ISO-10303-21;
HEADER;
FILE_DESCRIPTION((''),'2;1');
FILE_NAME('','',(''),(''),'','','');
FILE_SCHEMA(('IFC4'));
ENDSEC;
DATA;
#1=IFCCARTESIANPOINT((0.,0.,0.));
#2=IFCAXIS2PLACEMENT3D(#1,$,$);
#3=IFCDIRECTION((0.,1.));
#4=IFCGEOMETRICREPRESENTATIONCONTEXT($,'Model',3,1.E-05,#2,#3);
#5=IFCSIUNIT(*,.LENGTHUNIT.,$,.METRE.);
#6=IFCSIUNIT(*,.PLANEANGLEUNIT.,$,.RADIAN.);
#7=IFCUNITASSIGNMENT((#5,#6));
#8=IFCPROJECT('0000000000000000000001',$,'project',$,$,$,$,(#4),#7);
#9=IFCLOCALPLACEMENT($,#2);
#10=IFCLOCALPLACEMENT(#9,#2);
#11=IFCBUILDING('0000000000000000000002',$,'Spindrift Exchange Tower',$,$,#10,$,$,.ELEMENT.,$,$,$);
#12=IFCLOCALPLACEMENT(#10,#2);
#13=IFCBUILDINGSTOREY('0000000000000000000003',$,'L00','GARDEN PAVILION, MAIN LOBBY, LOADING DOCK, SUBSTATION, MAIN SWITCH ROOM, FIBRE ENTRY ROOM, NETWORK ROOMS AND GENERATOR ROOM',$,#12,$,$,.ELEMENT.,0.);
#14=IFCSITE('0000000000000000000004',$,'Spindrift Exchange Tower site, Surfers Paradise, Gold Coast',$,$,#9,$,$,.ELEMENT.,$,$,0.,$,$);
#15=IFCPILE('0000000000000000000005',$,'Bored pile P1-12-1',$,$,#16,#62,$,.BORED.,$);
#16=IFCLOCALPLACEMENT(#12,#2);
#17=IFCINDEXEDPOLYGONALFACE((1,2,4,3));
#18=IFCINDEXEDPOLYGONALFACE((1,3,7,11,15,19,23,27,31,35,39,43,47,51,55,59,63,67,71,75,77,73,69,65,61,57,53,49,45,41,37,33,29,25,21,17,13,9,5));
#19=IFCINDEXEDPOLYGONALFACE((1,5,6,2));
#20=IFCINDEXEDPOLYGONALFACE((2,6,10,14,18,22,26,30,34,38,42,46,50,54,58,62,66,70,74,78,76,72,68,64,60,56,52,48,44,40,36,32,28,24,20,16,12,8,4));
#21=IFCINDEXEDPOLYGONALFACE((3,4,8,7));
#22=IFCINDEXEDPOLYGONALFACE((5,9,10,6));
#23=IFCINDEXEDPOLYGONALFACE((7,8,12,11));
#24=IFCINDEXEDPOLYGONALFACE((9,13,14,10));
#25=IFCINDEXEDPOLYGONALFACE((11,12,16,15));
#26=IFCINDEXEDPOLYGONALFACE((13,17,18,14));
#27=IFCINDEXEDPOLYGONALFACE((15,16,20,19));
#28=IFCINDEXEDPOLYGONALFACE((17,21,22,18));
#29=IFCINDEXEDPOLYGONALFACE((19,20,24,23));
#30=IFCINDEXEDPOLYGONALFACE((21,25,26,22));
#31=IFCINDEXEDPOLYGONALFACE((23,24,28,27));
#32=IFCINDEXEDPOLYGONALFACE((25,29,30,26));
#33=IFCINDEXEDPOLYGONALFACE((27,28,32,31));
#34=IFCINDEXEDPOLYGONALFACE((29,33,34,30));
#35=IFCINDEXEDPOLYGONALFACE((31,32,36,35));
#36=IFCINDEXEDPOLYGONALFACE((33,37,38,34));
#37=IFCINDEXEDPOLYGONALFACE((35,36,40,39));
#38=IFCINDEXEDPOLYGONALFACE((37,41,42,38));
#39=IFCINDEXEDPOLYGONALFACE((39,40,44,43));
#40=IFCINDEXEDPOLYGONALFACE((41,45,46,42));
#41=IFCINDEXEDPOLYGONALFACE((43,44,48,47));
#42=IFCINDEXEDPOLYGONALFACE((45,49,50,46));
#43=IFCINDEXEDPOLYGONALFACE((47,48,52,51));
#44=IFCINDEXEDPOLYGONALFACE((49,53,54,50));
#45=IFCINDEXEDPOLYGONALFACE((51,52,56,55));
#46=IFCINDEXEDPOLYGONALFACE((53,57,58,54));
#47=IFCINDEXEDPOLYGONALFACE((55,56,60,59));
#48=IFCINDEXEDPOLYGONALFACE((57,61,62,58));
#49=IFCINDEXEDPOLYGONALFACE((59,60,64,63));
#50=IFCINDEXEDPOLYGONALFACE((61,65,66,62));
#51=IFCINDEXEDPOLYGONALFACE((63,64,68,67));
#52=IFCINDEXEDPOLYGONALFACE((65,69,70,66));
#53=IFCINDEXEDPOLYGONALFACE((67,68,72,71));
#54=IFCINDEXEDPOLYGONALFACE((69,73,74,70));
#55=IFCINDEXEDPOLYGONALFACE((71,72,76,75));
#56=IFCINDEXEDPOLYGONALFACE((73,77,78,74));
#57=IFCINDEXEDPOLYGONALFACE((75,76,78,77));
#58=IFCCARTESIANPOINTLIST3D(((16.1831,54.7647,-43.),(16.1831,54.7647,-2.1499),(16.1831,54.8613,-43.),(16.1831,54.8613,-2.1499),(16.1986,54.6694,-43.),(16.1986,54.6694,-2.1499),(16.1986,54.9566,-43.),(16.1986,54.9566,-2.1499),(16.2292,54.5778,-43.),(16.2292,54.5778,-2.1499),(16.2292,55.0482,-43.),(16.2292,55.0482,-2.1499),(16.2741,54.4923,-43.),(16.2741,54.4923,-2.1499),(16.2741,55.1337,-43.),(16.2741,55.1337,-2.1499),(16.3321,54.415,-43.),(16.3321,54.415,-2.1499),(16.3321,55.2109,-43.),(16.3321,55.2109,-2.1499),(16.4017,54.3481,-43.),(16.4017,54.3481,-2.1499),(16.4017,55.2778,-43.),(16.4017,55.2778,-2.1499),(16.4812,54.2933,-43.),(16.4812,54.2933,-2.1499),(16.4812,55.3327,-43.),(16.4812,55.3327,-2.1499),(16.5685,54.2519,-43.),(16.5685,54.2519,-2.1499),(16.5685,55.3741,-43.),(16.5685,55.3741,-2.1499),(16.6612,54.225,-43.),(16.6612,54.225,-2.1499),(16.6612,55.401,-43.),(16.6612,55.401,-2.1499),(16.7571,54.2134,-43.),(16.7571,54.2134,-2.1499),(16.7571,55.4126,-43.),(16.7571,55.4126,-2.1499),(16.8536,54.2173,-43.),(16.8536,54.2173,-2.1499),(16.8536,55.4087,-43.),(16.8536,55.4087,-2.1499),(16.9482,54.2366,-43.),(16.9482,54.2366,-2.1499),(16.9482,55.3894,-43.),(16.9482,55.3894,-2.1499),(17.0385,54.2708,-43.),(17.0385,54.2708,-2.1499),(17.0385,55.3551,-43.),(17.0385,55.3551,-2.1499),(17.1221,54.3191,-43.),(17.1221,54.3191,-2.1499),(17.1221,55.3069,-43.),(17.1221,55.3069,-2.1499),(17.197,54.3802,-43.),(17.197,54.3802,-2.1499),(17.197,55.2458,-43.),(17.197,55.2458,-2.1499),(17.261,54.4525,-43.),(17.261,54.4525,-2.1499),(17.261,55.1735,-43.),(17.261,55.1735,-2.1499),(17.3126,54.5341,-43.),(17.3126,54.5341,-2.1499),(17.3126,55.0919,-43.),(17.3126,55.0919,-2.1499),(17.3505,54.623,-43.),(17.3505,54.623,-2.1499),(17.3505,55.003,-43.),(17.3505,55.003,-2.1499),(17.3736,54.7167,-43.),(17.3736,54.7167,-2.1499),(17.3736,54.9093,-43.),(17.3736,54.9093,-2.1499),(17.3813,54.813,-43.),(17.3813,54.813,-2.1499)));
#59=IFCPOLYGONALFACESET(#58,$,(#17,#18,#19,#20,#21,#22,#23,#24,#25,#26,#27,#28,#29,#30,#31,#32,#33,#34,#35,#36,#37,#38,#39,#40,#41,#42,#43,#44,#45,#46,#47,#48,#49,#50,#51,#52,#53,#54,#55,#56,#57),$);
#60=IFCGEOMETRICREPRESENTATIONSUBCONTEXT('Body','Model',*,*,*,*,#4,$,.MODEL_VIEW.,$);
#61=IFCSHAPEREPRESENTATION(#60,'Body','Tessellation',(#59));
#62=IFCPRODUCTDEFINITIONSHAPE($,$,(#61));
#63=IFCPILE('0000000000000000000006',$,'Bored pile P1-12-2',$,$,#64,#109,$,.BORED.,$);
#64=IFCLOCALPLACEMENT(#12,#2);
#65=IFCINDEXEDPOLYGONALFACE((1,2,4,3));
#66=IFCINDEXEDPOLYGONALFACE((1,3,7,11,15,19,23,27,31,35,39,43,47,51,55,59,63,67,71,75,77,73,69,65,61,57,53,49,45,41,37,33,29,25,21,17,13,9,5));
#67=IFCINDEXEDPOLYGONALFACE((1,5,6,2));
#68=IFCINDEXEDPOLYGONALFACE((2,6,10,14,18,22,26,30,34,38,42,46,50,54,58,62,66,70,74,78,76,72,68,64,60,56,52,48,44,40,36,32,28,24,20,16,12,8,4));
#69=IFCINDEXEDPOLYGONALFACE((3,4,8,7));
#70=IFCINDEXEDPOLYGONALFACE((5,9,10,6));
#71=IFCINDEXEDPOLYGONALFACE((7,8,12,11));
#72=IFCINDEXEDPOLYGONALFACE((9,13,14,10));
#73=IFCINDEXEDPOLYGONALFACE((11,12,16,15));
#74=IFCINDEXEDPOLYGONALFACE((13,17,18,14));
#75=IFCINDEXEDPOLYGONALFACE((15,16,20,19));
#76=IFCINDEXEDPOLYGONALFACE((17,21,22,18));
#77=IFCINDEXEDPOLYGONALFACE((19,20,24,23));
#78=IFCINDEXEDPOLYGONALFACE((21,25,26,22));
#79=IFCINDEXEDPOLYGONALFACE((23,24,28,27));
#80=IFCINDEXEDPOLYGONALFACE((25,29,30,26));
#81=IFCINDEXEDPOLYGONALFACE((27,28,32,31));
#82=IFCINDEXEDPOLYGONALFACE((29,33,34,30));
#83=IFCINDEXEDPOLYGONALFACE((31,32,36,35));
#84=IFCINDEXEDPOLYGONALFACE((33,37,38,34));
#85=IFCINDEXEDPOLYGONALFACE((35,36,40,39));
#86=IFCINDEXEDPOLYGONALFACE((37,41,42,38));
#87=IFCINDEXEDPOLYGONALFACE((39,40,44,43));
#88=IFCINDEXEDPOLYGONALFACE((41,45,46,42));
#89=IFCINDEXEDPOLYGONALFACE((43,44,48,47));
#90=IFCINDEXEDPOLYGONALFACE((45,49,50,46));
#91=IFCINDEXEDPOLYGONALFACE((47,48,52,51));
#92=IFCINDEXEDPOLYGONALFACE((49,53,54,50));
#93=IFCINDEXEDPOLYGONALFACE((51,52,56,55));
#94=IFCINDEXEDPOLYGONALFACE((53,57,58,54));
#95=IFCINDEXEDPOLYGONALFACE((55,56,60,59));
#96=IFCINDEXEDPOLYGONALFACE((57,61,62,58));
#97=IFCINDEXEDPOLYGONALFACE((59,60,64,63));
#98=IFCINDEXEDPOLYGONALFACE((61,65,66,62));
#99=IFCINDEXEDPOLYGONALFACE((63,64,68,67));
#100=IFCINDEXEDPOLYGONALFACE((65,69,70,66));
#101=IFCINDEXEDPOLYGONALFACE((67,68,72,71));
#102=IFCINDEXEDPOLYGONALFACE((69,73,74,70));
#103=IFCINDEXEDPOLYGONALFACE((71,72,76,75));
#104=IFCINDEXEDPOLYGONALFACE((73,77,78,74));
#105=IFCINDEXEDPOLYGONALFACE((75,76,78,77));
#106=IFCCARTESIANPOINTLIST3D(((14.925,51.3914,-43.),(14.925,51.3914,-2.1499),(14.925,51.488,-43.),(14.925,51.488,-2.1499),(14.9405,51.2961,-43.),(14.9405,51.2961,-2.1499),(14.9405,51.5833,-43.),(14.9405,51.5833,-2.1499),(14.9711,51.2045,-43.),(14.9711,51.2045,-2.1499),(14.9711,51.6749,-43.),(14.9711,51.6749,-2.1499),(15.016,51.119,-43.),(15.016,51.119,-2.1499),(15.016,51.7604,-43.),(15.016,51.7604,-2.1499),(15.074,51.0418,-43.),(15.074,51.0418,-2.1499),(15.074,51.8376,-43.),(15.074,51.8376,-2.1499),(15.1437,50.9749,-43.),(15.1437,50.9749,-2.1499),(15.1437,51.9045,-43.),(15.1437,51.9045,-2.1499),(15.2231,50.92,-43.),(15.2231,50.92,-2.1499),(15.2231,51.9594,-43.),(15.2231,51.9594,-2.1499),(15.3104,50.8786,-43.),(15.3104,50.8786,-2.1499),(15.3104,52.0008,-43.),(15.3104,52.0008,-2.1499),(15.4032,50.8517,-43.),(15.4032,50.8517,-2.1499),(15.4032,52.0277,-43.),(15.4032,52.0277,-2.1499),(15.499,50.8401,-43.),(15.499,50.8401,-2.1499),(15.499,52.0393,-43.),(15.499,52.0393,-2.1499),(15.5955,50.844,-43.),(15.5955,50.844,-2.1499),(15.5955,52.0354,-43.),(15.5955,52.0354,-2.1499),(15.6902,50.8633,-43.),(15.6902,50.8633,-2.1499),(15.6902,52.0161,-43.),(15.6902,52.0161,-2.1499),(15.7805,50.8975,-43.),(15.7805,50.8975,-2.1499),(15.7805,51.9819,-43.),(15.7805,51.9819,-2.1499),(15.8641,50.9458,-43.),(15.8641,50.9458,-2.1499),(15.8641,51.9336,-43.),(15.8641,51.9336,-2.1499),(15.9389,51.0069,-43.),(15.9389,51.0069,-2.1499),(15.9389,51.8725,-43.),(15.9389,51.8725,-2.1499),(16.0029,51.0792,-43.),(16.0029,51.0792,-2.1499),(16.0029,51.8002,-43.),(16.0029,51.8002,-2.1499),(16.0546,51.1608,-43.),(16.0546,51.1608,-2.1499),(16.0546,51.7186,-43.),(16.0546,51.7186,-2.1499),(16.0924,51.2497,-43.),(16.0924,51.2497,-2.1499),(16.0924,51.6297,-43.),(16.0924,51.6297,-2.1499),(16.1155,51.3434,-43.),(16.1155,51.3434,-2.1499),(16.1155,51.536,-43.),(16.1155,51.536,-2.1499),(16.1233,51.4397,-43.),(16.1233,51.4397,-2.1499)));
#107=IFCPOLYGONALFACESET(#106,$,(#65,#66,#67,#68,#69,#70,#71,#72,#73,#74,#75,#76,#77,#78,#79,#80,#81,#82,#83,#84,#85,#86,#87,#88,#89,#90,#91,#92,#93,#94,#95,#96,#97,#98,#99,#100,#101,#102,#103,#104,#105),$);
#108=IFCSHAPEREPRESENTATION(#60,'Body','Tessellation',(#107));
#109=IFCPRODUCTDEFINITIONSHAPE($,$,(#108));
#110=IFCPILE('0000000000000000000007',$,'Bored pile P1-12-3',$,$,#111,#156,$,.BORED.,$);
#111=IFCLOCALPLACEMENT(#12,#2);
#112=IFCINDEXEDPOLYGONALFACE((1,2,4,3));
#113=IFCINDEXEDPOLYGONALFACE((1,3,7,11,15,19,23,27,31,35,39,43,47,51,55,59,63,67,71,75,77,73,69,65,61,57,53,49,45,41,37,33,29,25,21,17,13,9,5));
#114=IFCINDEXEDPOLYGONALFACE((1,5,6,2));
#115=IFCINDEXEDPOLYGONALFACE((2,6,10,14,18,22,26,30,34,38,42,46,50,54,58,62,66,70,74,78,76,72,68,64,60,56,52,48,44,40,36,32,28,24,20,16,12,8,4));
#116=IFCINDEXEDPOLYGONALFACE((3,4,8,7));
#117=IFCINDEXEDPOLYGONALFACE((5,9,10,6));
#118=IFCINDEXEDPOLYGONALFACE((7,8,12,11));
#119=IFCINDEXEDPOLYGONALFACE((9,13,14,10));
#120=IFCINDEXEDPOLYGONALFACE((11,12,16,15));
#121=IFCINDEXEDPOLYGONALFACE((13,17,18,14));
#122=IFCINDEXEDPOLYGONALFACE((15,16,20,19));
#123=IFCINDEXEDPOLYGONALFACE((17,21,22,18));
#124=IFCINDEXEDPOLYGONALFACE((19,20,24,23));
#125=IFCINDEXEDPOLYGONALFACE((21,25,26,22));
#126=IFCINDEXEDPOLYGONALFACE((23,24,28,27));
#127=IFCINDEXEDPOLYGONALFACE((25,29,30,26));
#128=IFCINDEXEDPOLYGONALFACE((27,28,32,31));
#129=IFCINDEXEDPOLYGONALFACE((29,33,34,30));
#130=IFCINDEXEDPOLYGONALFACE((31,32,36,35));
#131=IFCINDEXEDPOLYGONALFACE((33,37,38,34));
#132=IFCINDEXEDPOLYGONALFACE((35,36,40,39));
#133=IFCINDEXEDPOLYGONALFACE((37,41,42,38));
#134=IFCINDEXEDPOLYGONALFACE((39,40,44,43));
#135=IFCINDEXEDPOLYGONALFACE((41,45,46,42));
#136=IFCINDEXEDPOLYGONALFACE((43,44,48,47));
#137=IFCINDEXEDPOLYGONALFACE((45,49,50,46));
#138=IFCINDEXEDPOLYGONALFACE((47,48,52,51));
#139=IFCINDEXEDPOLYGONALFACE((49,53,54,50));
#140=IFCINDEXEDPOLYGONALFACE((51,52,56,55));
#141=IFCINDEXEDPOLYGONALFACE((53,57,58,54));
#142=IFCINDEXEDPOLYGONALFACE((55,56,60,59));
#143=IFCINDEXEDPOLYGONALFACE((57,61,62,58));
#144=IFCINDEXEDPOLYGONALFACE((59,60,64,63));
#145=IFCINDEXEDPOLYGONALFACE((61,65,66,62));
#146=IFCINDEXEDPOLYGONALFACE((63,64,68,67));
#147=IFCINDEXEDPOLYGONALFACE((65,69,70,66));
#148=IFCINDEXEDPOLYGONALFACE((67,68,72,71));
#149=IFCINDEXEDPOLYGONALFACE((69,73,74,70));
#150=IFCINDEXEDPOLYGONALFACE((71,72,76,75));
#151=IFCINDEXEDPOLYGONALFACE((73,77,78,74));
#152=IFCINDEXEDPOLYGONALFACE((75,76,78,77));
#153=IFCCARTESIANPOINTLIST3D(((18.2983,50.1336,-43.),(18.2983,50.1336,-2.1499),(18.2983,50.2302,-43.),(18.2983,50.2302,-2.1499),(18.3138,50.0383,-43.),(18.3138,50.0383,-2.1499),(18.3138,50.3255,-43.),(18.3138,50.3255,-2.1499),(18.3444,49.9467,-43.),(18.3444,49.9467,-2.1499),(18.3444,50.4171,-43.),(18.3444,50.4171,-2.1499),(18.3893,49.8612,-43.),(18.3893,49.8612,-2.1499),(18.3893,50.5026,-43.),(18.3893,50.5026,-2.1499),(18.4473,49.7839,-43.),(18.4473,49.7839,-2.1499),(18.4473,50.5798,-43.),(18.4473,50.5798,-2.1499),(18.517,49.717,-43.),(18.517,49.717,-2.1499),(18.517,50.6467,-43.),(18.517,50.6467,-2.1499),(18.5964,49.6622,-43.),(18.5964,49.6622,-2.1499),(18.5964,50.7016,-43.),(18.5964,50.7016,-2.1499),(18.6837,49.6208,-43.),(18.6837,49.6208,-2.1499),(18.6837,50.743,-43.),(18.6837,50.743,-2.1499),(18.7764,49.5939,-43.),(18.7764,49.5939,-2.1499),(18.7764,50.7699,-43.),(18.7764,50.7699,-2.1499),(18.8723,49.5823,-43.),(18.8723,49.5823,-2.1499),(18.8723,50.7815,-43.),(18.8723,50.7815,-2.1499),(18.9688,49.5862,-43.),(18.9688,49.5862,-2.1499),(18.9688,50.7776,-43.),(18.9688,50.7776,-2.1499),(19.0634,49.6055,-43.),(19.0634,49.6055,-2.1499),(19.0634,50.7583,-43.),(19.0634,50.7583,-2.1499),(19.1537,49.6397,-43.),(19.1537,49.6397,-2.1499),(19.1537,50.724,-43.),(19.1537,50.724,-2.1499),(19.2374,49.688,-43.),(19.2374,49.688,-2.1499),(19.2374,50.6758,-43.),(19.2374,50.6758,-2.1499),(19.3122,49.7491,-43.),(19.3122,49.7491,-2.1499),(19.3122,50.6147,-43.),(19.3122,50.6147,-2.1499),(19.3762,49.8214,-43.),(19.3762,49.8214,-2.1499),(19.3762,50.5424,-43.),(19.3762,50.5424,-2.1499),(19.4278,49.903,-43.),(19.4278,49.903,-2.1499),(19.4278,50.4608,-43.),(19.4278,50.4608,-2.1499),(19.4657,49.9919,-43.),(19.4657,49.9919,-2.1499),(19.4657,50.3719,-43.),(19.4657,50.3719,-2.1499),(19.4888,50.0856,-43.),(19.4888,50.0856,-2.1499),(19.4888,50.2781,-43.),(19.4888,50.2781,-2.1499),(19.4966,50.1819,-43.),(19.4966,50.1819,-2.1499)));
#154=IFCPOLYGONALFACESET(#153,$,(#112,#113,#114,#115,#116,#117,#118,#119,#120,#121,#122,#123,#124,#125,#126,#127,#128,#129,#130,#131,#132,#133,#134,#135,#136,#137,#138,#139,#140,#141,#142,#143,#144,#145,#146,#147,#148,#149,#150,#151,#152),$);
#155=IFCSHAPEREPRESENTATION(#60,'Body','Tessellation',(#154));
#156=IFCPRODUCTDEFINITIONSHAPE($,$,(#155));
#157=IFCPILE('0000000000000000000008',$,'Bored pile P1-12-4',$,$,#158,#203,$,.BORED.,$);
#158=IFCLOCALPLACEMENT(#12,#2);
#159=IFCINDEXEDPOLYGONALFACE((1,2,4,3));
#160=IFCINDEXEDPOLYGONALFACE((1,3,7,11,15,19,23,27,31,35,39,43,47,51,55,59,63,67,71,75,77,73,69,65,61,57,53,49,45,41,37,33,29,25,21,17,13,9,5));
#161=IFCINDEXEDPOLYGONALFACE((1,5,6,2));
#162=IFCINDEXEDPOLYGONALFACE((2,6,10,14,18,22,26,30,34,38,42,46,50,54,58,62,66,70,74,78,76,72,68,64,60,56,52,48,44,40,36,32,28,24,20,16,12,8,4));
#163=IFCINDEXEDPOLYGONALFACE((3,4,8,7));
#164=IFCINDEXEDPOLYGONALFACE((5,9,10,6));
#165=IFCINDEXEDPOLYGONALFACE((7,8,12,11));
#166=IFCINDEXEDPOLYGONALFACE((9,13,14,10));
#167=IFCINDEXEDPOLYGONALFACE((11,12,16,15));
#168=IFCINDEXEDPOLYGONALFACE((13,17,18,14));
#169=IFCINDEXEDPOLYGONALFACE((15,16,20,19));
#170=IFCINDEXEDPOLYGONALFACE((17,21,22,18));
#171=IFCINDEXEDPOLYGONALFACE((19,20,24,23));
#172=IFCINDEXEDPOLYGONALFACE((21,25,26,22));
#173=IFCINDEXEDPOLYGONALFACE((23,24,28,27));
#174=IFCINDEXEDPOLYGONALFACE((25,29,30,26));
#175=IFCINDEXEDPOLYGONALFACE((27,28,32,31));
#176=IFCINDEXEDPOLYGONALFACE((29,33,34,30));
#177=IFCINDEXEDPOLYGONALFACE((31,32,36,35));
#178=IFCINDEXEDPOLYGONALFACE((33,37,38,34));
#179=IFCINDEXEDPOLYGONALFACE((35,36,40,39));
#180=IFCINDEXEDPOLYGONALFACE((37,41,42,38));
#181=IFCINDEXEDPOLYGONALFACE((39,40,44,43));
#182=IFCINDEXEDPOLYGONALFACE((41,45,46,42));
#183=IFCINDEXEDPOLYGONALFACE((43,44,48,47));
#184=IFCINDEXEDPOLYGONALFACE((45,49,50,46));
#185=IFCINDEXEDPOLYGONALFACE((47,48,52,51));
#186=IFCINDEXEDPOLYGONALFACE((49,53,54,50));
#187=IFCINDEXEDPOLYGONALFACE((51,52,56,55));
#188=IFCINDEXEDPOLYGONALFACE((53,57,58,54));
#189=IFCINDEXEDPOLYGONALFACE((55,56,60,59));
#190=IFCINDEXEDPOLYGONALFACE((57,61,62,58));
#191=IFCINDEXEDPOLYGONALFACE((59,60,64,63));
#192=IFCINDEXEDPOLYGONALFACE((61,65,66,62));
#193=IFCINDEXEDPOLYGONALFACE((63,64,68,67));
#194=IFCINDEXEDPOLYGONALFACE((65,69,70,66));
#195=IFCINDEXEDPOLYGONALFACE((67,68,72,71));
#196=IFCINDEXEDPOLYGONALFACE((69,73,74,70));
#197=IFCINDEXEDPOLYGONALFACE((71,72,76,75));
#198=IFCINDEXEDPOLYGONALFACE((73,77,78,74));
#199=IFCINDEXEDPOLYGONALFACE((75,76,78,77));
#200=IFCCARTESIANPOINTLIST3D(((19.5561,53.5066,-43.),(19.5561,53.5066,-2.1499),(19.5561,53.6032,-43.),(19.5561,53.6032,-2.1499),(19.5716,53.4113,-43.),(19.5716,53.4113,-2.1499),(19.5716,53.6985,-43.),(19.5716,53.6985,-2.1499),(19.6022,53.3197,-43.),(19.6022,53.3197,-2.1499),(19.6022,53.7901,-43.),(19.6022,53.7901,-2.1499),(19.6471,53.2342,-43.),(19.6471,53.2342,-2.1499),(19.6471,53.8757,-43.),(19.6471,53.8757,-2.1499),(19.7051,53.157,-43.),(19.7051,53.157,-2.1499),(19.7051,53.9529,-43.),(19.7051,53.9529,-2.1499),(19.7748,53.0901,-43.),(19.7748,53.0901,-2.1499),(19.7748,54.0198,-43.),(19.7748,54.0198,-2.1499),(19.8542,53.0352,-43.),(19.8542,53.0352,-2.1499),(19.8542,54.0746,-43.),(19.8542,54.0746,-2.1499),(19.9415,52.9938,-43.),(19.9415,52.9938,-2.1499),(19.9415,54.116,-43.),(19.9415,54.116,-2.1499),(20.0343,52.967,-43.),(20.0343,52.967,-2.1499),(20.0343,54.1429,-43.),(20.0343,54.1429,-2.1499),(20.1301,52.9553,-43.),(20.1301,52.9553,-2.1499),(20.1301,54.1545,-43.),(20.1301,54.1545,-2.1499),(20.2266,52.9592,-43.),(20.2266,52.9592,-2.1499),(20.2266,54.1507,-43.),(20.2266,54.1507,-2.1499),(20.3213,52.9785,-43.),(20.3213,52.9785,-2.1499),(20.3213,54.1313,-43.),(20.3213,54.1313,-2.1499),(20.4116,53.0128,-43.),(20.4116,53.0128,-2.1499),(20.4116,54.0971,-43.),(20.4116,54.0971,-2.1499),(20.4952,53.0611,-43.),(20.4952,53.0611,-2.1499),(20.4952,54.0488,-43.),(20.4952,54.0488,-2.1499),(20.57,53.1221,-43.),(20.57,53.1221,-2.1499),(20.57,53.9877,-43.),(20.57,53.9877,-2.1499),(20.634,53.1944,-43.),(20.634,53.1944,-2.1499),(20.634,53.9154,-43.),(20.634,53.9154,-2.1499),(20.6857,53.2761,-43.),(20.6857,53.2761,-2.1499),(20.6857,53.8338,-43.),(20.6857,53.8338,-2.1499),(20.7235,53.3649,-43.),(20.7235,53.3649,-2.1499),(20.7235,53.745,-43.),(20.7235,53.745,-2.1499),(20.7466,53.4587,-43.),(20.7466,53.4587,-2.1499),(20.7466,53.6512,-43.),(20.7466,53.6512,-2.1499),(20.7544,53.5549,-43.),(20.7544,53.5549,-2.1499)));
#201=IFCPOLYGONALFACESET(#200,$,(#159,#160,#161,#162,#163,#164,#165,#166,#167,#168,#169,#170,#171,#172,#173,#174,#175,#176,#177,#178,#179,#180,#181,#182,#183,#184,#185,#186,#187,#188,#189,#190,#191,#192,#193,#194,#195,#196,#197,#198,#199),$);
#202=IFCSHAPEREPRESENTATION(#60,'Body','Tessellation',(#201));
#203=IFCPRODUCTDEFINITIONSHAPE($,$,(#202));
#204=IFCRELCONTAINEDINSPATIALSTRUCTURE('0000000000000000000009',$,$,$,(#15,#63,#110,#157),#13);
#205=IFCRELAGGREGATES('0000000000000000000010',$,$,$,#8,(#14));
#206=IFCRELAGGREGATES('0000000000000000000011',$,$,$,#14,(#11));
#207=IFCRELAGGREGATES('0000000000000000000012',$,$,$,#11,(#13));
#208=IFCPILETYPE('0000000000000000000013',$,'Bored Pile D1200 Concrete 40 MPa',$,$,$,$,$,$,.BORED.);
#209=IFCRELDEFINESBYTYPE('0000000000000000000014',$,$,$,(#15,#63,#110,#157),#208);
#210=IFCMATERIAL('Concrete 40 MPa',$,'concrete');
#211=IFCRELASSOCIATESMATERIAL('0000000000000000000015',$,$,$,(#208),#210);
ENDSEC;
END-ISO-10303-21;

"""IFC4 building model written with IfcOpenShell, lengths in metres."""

from ifc_helpers import new_model, si_unit, direction, frame, origin, origin_2d, place, context, subcontext, project, spatial, circle, extrude, source, transform, mapped, material, material_profile, profile_set, type_object, element, save


model = new_model("IFC4")

# Units and contexts
model_context = context("Model", 3, precision=1e-05, world=origin(), true_north=direction((0.0, 1.0)))
body_context = subcontext(model_context, "Body", "Model", "MODEL_VIEW")
ifc_project = project(units=[si_unit("LENGTHUNIT", "METRE"), si_unit("PLANEANGLEUNIT", "RADIAN")], contexts=[model_context])

# Site, building, storey
site_placement = place(None, origin())
site = spatial("IfcSite", under=ifc_project, at=site_placement, Name="Spindrift Exchange Tower site, Surfers Paradise, Gold Coast", CompositionType="ELEMENT", RefElevation=0.0)
building_placement = place(site_placement, origin())
building = spatial("IfcBuilding", under=site, at=building_placement, Name="Spindrift Exchange Tower", CompositionType="ELEMENT")
storey_placement = place(building_placement, origin())
storey = spatial("IfcBuildingStorey", under=building, at=storey_placement, Name="L00", Description="GARDEN PAVILION, MAIN LOBBY, LOADING DOCK, SUBSTATION, MAIN SWITCH ROOM, FIBRE ENTRY ROOM, NETWORK ROOMS AND GENERATOR ROOM", CompositionType="ELEMENT", Elevation=0.0)

# Piles
ifc_material_1 = material(Name="Concrete 40 MPa", Category="concrete")
ifc_material_profile_1 = material_profile(ifc_material_1, circle(Radius=0.6001, at=origin_2d()), Name="BP D1200")
ifc_profile_set_1 = profile_set([ifc_material_profile_1], Name="Concrete 40 MPa")
pile_type_1 = type_object("IfcPileType", Name="Bored Pile D1200 Concrete 40 MPa", PredefinedType="BORED", material=ifc_profile_set_1)
shared_shape_1 = source(origin(), body_context, "Body", "SweptSolid", [
    extrude(circle(Radius=0.6001, at=origin_2d()), origin(), (0.0, 0.0, 1.0), 40.8501),
])
for number, where, z_axis, x_axis, name in (
    (1, (16.7812, 54.813, -2.1499), (0.0, 0.0, -1.0), (1.0, 0.0, 0.0), "Bored pile P1-12-1"),
    (2, (15.5232, 51.4397, -2.1499), (0.0, 0.0, -1.0), (1.0, 0.0, 0.0), "Bored pile P1-12-2"),
    (3, (18.8965, 50.1819, -2.1499), (0.0, 0.0, -1.0), (1.0, 0.0, 0.0), "Bored pile P1-12-3"),
    (4, (20.1543, 53.5549, -2.1499), (0.0, 0.0, -1.0), (1.0, 0.0, 0.0), "Bored pile P1-12-4"),
):
    element("IfcPile", number, at=place(storey_placement, frame(where, z_axis=z_axis, x_axis=x_axis)), inside=storey, type_object=pile_type_1, Name=name, PredefinedType="BORED", context=body_context, shape_type="MappedRepresentation", body=[
        mapped(shared_shape_1, transform((0.0, 0.0, 0.0), scale=1.0)),
    ])

save(model, "model.ifc")
